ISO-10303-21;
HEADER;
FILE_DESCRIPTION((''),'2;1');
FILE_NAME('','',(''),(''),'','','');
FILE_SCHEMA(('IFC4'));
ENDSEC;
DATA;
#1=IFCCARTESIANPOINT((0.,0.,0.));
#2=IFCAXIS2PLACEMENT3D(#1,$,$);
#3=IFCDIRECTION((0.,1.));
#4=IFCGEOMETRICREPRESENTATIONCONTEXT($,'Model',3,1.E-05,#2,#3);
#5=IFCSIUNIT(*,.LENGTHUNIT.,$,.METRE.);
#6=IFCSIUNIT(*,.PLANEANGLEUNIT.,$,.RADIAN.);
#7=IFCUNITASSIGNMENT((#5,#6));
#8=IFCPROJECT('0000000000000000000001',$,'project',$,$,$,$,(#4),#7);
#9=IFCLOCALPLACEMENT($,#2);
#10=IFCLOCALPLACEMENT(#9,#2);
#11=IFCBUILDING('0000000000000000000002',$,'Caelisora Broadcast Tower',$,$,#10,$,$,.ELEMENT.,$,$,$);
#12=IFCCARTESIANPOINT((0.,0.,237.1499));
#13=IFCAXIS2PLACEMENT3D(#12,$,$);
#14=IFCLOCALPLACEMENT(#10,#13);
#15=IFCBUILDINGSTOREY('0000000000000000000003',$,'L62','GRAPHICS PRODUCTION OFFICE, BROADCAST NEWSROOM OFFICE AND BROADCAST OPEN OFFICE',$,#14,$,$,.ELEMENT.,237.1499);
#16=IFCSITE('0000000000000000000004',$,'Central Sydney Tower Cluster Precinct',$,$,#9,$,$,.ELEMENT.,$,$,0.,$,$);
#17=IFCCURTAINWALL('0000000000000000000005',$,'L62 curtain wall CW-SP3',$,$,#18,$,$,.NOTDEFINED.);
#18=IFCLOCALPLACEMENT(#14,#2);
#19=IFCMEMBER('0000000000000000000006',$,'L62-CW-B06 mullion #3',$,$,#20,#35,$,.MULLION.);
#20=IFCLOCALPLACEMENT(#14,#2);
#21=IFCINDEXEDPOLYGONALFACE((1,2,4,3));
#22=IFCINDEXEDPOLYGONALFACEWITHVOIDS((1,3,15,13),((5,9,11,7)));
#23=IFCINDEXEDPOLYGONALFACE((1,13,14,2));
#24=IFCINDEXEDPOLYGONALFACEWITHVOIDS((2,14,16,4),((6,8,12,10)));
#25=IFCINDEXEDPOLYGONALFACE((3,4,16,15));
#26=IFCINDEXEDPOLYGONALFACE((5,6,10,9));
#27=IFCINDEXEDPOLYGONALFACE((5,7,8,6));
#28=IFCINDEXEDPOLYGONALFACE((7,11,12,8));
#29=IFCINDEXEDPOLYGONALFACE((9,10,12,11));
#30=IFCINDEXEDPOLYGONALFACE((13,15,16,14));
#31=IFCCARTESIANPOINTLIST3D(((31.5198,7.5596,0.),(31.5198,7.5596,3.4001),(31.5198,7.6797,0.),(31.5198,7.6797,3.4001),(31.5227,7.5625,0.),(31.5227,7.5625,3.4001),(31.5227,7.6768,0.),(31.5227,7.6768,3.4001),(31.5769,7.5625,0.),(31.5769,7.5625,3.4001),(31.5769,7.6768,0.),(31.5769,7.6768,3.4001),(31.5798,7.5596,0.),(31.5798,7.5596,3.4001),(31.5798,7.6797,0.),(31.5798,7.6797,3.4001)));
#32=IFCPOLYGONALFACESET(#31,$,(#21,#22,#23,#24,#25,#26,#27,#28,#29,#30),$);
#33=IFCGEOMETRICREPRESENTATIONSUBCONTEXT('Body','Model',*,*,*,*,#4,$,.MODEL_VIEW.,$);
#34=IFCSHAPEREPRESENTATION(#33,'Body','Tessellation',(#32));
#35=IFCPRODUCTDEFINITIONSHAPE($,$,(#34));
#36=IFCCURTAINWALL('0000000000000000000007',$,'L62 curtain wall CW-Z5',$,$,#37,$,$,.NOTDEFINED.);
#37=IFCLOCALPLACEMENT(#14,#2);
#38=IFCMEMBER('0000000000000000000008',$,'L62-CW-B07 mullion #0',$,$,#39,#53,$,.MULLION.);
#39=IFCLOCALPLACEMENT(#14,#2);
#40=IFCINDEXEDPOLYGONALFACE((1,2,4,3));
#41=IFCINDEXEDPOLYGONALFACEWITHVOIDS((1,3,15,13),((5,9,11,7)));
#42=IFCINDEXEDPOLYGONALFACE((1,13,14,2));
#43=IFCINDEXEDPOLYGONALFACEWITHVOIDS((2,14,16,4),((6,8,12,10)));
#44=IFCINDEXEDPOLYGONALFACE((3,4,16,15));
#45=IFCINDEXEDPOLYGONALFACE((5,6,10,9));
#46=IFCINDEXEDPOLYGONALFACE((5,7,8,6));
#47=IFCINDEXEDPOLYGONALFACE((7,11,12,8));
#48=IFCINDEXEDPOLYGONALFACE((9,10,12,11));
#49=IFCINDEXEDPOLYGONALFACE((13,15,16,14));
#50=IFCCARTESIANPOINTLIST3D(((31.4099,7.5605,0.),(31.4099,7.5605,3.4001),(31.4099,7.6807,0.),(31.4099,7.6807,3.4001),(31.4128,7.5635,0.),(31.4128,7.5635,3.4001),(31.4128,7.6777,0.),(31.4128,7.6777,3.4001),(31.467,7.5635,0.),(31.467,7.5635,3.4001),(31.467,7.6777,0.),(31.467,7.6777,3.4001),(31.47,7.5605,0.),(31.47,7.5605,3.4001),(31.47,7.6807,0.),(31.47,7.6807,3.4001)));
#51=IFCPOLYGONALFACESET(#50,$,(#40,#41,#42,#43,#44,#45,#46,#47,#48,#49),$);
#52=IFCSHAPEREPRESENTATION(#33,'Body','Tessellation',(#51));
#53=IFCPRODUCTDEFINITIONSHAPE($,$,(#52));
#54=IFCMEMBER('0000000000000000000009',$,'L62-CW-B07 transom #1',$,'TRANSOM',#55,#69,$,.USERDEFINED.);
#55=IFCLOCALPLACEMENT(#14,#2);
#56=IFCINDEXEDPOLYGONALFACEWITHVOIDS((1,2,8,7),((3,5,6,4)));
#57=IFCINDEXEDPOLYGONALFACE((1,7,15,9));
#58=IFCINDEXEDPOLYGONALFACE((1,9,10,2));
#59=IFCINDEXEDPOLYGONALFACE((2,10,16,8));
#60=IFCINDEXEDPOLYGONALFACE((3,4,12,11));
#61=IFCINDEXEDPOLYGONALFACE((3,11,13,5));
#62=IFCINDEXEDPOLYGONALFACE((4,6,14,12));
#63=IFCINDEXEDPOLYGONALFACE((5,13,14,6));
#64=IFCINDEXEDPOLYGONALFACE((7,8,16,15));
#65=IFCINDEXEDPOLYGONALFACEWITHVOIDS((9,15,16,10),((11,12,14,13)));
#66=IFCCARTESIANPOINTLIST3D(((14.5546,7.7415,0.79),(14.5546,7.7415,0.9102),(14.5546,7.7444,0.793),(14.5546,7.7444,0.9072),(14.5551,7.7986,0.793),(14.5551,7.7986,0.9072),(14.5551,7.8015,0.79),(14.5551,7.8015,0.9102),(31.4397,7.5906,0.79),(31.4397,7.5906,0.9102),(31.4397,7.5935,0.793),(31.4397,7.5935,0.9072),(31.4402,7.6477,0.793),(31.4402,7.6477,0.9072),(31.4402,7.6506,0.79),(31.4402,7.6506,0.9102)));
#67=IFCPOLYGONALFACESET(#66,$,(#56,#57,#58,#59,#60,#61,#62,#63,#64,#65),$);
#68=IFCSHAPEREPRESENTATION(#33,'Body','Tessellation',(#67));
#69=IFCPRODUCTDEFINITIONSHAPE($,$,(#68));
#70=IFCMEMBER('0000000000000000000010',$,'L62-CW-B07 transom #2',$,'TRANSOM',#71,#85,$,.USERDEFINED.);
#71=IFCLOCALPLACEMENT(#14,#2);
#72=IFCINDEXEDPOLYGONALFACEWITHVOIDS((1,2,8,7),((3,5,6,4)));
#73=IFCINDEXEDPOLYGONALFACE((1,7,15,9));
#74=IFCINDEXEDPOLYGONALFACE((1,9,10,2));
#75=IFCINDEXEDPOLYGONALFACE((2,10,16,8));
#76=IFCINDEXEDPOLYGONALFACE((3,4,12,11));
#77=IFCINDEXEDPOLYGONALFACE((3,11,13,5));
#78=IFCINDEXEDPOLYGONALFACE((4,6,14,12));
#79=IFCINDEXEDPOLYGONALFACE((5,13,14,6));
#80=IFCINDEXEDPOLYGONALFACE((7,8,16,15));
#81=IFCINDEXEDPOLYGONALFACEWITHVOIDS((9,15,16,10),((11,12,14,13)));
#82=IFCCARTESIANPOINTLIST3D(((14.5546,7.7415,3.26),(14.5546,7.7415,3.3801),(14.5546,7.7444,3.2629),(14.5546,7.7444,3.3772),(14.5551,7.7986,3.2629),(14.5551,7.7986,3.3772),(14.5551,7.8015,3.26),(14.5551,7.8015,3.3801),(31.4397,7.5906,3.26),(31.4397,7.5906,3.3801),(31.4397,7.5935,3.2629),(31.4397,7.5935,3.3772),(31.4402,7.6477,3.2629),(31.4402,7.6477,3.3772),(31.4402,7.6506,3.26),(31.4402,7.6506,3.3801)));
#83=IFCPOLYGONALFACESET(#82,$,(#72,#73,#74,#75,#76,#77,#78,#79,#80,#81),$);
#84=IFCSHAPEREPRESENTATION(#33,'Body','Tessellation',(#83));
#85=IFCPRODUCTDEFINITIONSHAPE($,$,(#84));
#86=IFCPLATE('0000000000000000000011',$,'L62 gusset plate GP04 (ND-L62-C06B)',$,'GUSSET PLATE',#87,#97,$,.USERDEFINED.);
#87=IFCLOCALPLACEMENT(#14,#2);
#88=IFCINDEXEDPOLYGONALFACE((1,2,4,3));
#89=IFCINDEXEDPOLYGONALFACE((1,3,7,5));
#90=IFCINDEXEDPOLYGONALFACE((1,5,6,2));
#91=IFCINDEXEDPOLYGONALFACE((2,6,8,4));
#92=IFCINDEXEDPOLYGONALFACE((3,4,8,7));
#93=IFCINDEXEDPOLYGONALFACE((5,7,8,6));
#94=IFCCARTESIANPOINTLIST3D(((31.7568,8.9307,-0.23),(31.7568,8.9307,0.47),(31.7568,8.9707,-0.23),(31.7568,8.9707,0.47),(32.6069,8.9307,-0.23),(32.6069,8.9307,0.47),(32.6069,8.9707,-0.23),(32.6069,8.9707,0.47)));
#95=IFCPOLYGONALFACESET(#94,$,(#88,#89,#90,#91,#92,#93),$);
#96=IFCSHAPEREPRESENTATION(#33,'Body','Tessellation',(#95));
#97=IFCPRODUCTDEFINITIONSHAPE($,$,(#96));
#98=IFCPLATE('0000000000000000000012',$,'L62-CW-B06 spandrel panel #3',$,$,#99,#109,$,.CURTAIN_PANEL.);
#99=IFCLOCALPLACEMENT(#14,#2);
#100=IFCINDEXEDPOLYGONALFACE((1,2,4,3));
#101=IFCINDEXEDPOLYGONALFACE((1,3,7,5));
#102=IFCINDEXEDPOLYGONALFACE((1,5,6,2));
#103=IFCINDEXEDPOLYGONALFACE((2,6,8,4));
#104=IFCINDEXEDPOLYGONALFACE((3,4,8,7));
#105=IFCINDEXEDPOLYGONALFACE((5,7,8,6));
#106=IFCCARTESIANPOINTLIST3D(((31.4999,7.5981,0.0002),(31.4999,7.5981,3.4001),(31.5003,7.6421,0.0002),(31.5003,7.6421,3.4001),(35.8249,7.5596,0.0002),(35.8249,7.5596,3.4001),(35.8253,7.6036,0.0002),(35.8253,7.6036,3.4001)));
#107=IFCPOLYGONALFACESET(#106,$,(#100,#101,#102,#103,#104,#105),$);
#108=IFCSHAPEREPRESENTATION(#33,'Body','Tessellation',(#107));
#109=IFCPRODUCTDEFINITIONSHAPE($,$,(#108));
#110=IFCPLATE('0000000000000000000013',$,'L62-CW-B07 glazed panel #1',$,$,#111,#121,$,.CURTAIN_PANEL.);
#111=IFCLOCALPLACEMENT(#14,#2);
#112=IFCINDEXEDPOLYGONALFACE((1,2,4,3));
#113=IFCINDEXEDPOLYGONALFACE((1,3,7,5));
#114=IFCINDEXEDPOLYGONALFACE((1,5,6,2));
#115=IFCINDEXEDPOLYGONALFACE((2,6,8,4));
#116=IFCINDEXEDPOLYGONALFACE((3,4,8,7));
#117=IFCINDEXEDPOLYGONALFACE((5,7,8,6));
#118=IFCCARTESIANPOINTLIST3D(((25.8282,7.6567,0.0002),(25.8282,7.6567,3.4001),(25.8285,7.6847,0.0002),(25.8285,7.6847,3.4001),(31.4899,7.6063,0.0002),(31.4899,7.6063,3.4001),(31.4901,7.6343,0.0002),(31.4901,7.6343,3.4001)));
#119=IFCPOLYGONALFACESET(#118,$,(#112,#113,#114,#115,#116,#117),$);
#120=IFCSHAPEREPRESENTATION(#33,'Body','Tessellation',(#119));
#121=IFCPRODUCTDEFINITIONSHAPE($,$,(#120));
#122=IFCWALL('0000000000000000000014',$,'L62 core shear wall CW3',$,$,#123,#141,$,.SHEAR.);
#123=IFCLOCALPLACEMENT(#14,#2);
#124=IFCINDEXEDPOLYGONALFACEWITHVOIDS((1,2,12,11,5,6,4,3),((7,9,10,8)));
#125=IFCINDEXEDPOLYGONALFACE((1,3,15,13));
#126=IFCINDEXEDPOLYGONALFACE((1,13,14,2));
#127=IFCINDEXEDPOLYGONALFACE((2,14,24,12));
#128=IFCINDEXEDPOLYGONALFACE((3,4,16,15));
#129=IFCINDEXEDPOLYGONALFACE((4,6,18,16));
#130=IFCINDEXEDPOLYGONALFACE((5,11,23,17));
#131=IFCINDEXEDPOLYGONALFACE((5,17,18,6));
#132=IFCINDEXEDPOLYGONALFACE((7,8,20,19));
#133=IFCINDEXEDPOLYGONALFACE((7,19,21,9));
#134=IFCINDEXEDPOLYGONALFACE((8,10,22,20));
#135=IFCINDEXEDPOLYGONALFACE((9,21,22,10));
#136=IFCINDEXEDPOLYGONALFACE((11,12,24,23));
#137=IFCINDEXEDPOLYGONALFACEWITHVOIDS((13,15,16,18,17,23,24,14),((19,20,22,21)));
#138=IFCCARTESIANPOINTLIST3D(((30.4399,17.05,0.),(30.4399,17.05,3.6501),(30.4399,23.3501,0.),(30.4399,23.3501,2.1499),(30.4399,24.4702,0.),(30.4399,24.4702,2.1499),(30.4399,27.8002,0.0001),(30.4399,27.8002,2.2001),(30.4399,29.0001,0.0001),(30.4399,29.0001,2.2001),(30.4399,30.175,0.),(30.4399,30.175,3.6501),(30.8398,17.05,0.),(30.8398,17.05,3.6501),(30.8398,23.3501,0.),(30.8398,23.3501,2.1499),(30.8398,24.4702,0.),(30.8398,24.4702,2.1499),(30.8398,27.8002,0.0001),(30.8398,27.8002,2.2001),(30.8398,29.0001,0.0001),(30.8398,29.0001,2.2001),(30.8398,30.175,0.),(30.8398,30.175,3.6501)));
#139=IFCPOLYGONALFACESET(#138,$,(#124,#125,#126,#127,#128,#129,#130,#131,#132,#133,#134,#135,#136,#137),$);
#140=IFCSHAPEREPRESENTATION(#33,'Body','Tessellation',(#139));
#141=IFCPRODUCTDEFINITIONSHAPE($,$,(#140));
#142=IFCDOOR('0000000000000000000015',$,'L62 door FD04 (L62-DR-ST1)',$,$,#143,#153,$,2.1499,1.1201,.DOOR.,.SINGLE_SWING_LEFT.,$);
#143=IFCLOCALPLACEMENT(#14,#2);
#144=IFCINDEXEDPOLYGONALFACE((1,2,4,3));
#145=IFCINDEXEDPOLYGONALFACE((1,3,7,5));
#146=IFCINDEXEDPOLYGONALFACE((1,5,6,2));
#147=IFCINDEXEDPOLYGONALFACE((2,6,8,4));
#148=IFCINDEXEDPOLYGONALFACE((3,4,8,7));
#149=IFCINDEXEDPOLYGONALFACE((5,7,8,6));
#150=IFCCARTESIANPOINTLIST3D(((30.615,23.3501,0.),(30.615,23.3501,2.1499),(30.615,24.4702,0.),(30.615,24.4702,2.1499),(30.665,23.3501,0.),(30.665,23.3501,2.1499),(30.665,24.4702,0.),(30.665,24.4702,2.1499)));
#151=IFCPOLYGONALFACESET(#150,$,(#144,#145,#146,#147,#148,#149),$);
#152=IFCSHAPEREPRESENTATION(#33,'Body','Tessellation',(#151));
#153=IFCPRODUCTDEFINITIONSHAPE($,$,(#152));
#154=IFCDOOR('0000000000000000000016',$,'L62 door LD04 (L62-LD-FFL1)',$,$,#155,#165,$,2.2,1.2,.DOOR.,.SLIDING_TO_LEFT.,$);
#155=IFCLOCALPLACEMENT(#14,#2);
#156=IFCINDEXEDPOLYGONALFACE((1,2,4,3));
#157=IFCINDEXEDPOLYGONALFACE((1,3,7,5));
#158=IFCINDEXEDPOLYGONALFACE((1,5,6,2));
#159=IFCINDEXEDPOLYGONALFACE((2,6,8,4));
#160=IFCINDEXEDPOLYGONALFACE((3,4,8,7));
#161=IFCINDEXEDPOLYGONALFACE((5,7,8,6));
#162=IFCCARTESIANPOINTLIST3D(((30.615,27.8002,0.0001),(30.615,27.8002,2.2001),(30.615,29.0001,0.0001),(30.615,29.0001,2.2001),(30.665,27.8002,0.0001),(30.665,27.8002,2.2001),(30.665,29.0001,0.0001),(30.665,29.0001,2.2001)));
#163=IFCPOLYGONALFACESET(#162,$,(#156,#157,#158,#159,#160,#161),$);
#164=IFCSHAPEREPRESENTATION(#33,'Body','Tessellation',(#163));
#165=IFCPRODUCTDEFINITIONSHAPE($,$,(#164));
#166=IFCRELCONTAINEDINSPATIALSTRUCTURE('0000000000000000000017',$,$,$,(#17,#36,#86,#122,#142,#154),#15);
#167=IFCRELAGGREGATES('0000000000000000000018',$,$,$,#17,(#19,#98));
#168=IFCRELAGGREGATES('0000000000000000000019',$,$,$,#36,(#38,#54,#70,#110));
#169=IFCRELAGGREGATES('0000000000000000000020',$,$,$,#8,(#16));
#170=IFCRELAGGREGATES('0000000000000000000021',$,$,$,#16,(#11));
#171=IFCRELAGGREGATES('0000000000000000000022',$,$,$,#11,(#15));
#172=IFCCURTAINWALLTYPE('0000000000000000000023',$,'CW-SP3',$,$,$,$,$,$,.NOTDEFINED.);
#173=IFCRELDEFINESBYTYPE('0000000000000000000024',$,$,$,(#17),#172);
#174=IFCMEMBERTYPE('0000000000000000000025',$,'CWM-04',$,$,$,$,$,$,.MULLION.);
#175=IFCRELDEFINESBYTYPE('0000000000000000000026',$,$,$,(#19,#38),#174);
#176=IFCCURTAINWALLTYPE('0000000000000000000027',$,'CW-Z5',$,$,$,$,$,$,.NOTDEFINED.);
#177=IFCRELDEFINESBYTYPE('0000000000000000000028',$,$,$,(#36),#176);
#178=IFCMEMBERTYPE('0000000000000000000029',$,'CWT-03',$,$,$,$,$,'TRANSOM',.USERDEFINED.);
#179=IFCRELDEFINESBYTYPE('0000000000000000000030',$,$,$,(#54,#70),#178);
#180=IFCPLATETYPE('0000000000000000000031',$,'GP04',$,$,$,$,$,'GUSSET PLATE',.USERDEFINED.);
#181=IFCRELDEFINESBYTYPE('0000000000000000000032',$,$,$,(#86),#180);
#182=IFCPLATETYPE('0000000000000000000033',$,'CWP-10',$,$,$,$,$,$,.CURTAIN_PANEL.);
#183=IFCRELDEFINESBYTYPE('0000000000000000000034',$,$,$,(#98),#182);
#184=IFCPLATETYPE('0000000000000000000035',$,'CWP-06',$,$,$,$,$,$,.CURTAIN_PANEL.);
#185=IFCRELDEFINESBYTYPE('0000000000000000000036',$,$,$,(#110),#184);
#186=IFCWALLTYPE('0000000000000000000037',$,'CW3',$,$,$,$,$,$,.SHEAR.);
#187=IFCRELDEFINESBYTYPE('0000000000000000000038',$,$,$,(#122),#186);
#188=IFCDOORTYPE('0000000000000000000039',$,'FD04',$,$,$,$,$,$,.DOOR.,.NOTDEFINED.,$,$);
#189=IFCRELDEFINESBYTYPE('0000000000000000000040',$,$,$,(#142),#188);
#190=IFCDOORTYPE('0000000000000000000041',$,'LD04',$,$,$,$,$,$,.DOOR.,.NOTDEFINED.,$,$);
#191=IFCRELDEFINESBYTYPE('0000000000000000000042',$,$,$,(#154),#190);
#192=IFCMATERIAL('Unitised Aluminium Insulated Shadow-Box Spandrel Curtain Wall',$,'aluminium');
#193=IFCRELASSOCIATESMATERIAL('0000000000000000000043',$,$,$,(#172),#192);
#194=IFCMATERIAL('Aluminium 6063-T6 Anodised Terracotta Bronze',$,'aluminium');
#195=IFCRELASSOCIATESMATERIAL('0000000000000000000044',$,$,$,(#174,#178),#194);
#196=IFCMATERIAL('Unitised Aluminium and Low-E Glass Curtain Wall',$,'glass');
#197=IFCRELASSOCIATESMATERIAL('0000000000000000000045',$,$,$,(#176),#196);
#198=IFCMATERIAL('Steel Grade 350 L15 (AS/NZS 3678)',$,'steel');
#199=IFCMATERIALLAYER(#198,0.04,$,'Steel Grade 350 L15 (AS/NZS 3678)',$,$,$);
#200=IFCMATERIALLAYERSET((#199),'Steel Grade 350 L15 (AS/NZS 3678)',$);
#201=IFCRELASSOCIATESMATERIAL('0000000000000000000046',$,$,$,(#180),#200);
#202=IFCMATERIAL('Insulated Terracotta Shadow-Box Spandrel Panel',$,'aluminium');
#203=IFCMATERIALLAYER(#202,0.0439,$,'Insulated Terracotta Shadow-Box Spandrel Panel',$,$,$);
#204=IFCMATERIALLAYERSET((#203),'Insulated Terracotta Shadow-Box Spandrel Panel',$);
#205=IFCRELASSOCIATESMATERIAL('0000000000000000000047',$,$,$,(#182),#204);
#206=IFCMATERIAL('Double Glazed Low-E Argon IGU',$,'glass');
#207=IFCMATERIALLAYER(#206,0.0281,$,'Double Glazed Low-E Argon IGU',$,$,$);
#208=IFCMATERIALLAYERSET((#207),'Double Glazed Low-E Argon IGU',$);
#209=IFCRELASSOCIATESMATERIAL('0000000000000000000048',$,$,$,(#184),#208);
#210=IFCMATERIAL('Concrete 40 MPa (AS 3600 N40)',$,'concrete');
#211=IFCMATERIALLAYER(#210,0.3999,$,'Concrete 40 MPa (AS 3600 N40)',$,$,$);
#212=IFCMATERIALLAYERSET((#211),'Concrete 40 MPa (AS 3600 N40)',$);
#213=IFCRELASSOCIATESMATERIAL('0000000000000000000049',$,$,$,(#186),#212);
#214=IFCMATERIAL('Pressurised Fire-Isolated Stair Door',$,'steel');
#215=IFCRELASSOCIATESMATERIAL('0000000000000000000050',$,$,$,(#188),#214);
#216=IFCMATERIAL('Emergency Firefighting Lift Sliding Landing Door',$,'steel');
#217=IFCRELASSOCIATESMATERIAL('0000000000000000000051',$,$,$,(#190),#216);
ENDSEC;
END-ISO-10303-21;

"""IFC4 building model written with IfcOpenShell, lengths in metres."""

from ifc_helpers import new_model, si_unit, direction, frame, frame_2d, origin, origin_2d, place, context, subcontext, project, spatial, rectangle, hollow_rectangle, extrude, source, transform, mapped, material, layer, layer_set, material_profile, profile_set, type_object, type_shapes, element, fill, aggregate, save


model = new_model("IFC4")

# Units and contexts
model_context = context("Model", 3, precision=1e-05, world=origin(), true_north=direction((0.0, 1.0)))
body_context = subcontext(model_context, "Body", "Model", "MODEL_VIEW")
ifc_project = project(units=[si_unit("LENGTHUNIT", "METRE"), si_unit("PLANEANGLEUNIT", "RADIAN")], contexts=[model_context])

# Site, building, storey
site_placement = place(None, origin())
site = spatial("IfcSite", under=ifc_project, at=site_placement, Name="Central Sydney Tower Cluster Precinct", CompositionType="ELEMENT", RefElevation=0.0)
building_placement = place(site_placement, origin())
building = spatial("IfcBuilding", under=site, at=building_placement, Name="Caelisora Broadcast Tower", CompositionType="ELEMENT")
storey_placement = place(building_placement, frame((0.0, 0.0, 237.1499)))
storey = spatial("IfcBuildingStorey", under=building, at=storey_placement, Name="L62", Description="GRAPHICS PRODUCTION OFFICE, BROADCAST NEWSROOM OFFICE AND BROADCAST OPEN OFFICE", CompositionType="ELEMENT", Elevation=237.1499)

# Shared definitions
ifc_material_1 = material(Name="Steel Grade 350 L15 (AS/NZS 3678)", Category="steel")

# Curtain wall, member
ifc_material_2 = material(Name="Unitised Aluminium Insulated Shadow-Box Spandrel Curtain Wall", Category="aluminium")
curtain_wall_type_1 = type_object("IfcCurtainWallType", Name="CW-SP3", PredefinedType="NOTDEFINED", material=ifc_material_2)
curtain_wall_1_placement = place(storey_placement, origin())
curtain_wall_1 = element("IfcCurtainWall", 1, at=curtain_wall_1_placement, inside=storey, type_object=curtain_wall_type_1, Name="L62 curtain wall CW-SP3", PredefinedType="NOTDEFINED")
ifc_material_3 = material(Name="Aluminium 6063-T6 Anodised Terracotta Bronze", Category="aluminium")
ifc_material_profile_1 = material_profile(ifc_material_3, hollow_rectangle(XDim=0.0601, YDim=0.1201, WallThickness=0.0029, at=origin_2d()), Name="Aluminium 6063-T6 Anodised Terracotta Bronze")
ifc_profile_set_1 = profile_set([ifc_material_profile_1], Name="Aluminium 6063-T6 Anodised Terracotta Bronze")
member_type_1 = type_object("IfcMemberType", Name="CWM-04", PredefinedType="MULLION", material=ifc_profile_set_1)
shared_shape_1 = source(origin(), body_context, "Body", "SweptSolid", [
    extrude(hollow_rectangle(XDim=0.0601, YDim=0.1201, WallThickness=0.0029, at=origin_2d()), origin(), (0.0, 0.0, 1.0), 3.4001),
])
type_shapes(member_type_1, [shared_shape_1])
member_1_placement = place(storey_placement, frame((31.5498, 7.6196, 0.0), z_axis=(0.0, 0.0, 1.0), x_axis=(1.0, 0.0, 0.0)))
member_1 = element("IfcMember", 2, at=member_1_placement, type_object=member_type_1, Name="L62-CW-B06 mullion #3", PredefinedType="MULLION", context=body_context, shape_type="MappedRepresentation", body=[
    mapped(shared_shape_1, transform((0.0, 0.0, 0.0), scale=1.0)),
])

# Curtain wall, members
ifc_material_4 = material(Name="Unitised Aluminium and Low-E Glass Curtain Wall", Category="glass")
curtain_wall_type_2 = type_object("IfcCurtainWallType", Name="CW-Z5", PredefinedType="NOTDEFINED", material=ifc_material_4)
curtain_wall_2_placement = place(storey_placement, origin())
curtain_wall_2 = element("IfcCurtainWall", 3, at=curtain_wall_2_placement, inside=storey, type_object=curtain_wall_type_2, Name="L62 curtain wall CW-Z5", PredefinedType="NOTDEFINED")
member_2_placement = place(storey_placement, frame((31.4399, 7.6206, 0.0), z_axis=(0.0, 0.0, 1.0), x_axis=(1.0, 0.0, 0.0)))
member_2 = element("IfcMember", 4, at=member_2_placement, type_object=member_type_1, Name="L62-CW-B07 mullion #0", PredefinedType="MULLION", context=body_context, shape_type="MappedRepresentation", body=[
    mapped(shared_shape_1, transform((0.0, 0.0, 0.0), scale=1.0)),
])
ifc_material_profile_2 = material_profile(ifc_material_3, hollow_rectangle(XDim=0.0601, YDim=0.1201, WallThickness=0.0029, at=origin_2d()), Name="Aluminium 6063-T6 Anodised Terracotta Bronze")
ifc_profile_set_2 = profile_set([ifc_material_profile_2], Name="Aluminium 6063-T6 Anodised Terracotta Bronze")
member_type_2 = type_object("IfcMemberType", Name="CWT-03", ElementType="TRANSOM", PredefinedType="USERDEFINED", material=ifc_profile_set_2)
shared_shape_2 = source(origin(), body_context, "Body", "SweptSolid", [
    extrude(hollow_rectangle(XDim=0.0601, YDim=0.1201, WallThickness=0.0029, at=origin_2d()), origin(), (0.0, 0.0, 1.0), 16.8857),
])
type_shapes(member_type_2, [shared_shape_2])
member_3_placement = place(storey_placement, frame((31.4399, 7.6206, 0.8501), z_axis=(-0.99996, 0.008935, 0.0), x_axis=(-0.008935, -0.99996, 0.0)))
member_3 = element("IfcMember", 5, at=member_3_placement, type_object=member_type_2, Name="L62-CW-B07 transom #1", ObjectType="TRANSOM", PredefinedType="USERDEFINED", context=body_context, shape_type="MappedRepresentation", body=[
    mapped(shared_shape_2, transform((0.0, 0.0, 0.0), scale=1.0)),
])
member_4_placement = place(storey_placement, frame((31.4399, 7.6206, 3.3201), z_axis=(-0.99996, 0.008935, 0.0), x_axis=(-0.008935, -0.99996, 0.0)))
member_4 = element("IfcMember", 6, at=member_4_placement, type_object=member_type_2, Name="L62-CW-B07 transom #2", ObjectType="TRANSOM", PredefinedType="USERDEFINED", context=body_context, shape_type="MappedRepresentation", body=[
    mapped(shared_shape_2, transform((0.0, 0.0, 0.0), scale=1.0)),
])

# Plates
ifc_layer_1 = layer(ifc_material_1, 0.04, Name="Steel Grade 350 L15 (AS/NZS 3678)")
ifc_layer_set_1 = layer_set([ifc_layer_1], Name="Steel Grade 350 L15 (AS/NZS 3678)")
plate_type_1 = type_object("IfcPlateType", Name="GP04", ElementType="GUSSET PLATE", PredefinedType="USERDEFINED", material=ifc_layer_set_1)
shared_shape_3 = source(origin(), body_context, "Body", "SweptSolid", [
    extrude(rectangle(XDim=0.8501, YDim=0.04, at=origin_2d()), origin(), (0.0, 0.0, 1.0), 0.7),
])
type_shapes(plate_type_1, [shared_shape_3])
plate_1_placement = place(storey_placement, frame((32.1819, 8.9507, -0.23), z_axis=(0.0, 0.0, 1.0), x_axis=(1.0, 0.0, 0.0)))
element("IfcPlate", 7, at=plate_1_placement, inside=storey, type_object=plate_type_1, Name="L62 gusset plate GP04 (ND-L62-C06B)", ObjectType="GUSSET PLATE", PredefinedType="USERDEFINED", context=body_context, shape_type="MappedRepresentation", body=[
    mapped(shared_shape_3, transform((0.0, 0.0, 0.0), scale=1.0)),
])
ifc_material_5 = material(Name="Insulated Terracotta Shadow-Box Spandrel Panel", Category="aluminium")
ifc_layer_2 = layer(ifc_material_5, 0.0439, Name="Insulated Terracotta Shadow-Box Spandrel Panel")
ifc_layer_set_2 = layer_set([ifc_layer_2], Name="Insulated Terracotta Shadow-Box Spandrel Panel")
plate_type_2 = type_object("IfcPlateType", Name="CWP-10", PredefinedType="CURTAIN_PANEL", material=ifc_layer_set_2)
shared_shape_4 = source(origin(), body_context, "Body", "SweptSolid", [
    extrude(rectangle(XDim=4.3252, YDim=0.0439, at=origin_2d()), origin(), (0.0, 0.0, 1.0), 3.3999),
])
type_shapes(plate_type_2, [shared_shape_4])
plate_2_placement = place(storey_placement, frame((33.6626, 7.6008, 0.0002), z_axis=(0.0, 0.0, 1.0), x_axis=(-0.99996, 0.008901, 0.0)))
plate_2 = element("IfcPlate", 8, at=plate_2_placement, type_object=plate_type_2, Name="L62-CW-B06 spandrel panel #3", PredefinedType="CURTAIN_PANEL", context=body_context, shape_type="MappedRepresentation", body=[
    mapped(shared_shape_4, transform((0.0, 0.0, 0.0), scale=1.0)),
])
aggregate(curtain_wall_1, [member_1, plate_2])
ifc_material_6 = material(Name="Double Glazed Low-E Argon IGU", Category="glass")
ifc_layer_3 = layer(ifc_material_6, 0.0281, Name="Double Glazed Low-E Argon IGU")
ifc_layer_set_3 = layer_set([ifc_layer_3], Name="Double Glazed Low-E Argon IGU")
plate_type_3 = type_object("IfcPlateType", Name="CWP-06", PredefinedType="CURTAIN_PANEL", material=ifc_layer_set_3)
shared_shape_5 = source(origin(), body_context, "Body", "SweptSolid", [
    extrude(rectangle(XDim=5.6619, YDim=0.0281, at=origin_2d()), origin(), (0.0, 0.0, 1.0), 3.3999),
])
type_shapes(plate_type_3, [shared_shape_5])
plate_3_placement = place(storey_placement, frame((28.6592, 7.6455, 0.0002), z_axis=(0.0, 0.0, 1.0), x_axis=(-0.99996, 0.008901, 0.0)))
plate_3 = element("IfcPlate", 9, at=plate_3_placement, type_object=plate_type_3, Name="L62-CW-B07 glazed panel #1", PredefinedType="CURTAIN_PANEL", context=body_context, shape_type="MappedRepresentation", body=[
    mapped(shared_shape_5, transform((0.0, 0.0, 0.0), scale=1.0)),
])
aggregate(curtain_wall_2, [member_2, member_3, member_4, plate_3])

# Wall, openings, doors
ifc_material_7 = material(Name="Concrete 40 MPa (AS 3600 N40)", Category="concrete")
ifc_layer_4 = layer(ifc_material_7, 0.3999, Name="Concrete 40 MPa (AS 3600 N40)")
ifc_layer_set_4 = layer_set([ifc_layer_4], Name="Concrete 40 MPa (AS 3600 N40)")
wall_type_1 = type_object("IfcWallType", Name="CW3", PredefinedType="SHEAR", material=ifc_layer_set_4)
wall_1_placement = place(storey_placement, frame((30.6399, 17.05, 0.0), z_axis=(0.0, 0.0, 1.0), x_axis=(0.0, 1.0, 0.0)))
wall_1 = element("IfcWall", 10, at=wall_1_placement, inside=storey, type_object=wall_type_1, Name="L62 core shear wall CW3", PredefinedType="SHEAR", context=body_context, shape_type="SweptSolid", body=[
    extrude(rectangle(XDim=13.125, YDim=0.3999, at=frame_2d((6.5625, 0.0))), origin(), (0.0, 0.0, 1.0), 3.6501),
])
opening_1_placement = place(wall_1_placement, frame((6.3, 0.0, 0.0)))
opening_1 = element("IfcOpeningElement", 11, at=opening_1_placement, cuts=wall_1, PredefinedType="OPENING", context=body_context, shape_type="SweptSolid", body=[
    extrude(rectangle(XDim=1.1201, YDim=2.1499, at=frame_2d((0.5601, 1.075))), frame((0.0, 0.2119, 0.0), z_axis=(0.0, -1.0, 0.0), x_axis=(1.0, 0.0, 0.0)), (0.0, 0.0, 1.0), 0.4238),
])
opening_2_placement = place(wall_1_placement, frame((10.75, 0.0, 0.0)))
opening_2 = element("IfcOpeningElement", 12, at=opening_2_placement, cuts=wall_1, PredefinedType="OPENING", context=body_context, shape_type="SweptSolid", body=[
    extrude(rectangle(XDim=1.2, YDim=2.2, at=frame_2d((0.6001, 1.1001))), frame((0.0, 0.2119, 0.0), z_axis=(0.0, -1.0, 0.0), x_axis=(1.0, 0.0, 0.0)), (0.0, 0.0, 1.0), 0.4238),
])
ifc_material_8 = material(Name="Pressurised Fire-Isolated Stair Door", Category="steel")
door_type_1 = type_object("IfcDoorType", Name="FD04", OperationType="NOTDEFINED", PredefinedType="DOOR", material=ifc_material_8)
door_1_placement = place(opening_1_placement, origin())
door_1 = element("IfcDoor", 13, at=door_1_placement, inside=storey, type_object=door_type_1, Name="L62 door FD04 (L62-DR-ST1)", OperationType="SINGLE_SWING_LEFT", OverallHeight=2.1499, OverallWidth=1.1201, PredefinedType="DOOR", context=body_context, shape_type="SweptSolid", body=[
    extrude(rectangle(XDim=1.1201, YDim=2.1499, at=frame_2d((0.5601, 1.075))), frame((0.0, 0.0249, 0.0), z_axis=(0.0, -1.0, 0.0), x_axis=(1.0, 0.0, 0.0)), (0.0, 0.0, 1.0), 0.05),
])
fill(opening_1, door_1)
ifc_material_9 = material(Name="Emergency Firefighting Lift Sliding Landing Door", Category="steel")
door_type_2 = type_object("IfcDoorType", Name="LD04", OperationType="NOTDEFINED", PredefinedType="DOOR", material=ifc_material_9)
door_2_placement = place(opening_2_placement, origin())
door_2 = element("IfcDoor", 14, at=door_2_placement, inside=storey, type_object=door_type_2, Name="L62 door LD04 (L62-LD-FFL1)", OperationType="SLIDING_TO_LEFT", OverallHeight=2.2, OverallWidth=1.2, PredefinedType="DOOR", context=body_context, shape_type="SweptSolid", body=[
    extrude(rectangle(XDim=1.2, YDim=2.2, at=frame_2d((0.6001, 1.1001))), frame((0.0, 0.0249, 0.0), z_axis=(0.0, -1.0, 0.0), x_axis=(1.0, 0.0, 0.0)), (0.0, 0.0, 1.0), 0.05),
])
fill(opening_2, door_2)

save(model, "model.ifc")
